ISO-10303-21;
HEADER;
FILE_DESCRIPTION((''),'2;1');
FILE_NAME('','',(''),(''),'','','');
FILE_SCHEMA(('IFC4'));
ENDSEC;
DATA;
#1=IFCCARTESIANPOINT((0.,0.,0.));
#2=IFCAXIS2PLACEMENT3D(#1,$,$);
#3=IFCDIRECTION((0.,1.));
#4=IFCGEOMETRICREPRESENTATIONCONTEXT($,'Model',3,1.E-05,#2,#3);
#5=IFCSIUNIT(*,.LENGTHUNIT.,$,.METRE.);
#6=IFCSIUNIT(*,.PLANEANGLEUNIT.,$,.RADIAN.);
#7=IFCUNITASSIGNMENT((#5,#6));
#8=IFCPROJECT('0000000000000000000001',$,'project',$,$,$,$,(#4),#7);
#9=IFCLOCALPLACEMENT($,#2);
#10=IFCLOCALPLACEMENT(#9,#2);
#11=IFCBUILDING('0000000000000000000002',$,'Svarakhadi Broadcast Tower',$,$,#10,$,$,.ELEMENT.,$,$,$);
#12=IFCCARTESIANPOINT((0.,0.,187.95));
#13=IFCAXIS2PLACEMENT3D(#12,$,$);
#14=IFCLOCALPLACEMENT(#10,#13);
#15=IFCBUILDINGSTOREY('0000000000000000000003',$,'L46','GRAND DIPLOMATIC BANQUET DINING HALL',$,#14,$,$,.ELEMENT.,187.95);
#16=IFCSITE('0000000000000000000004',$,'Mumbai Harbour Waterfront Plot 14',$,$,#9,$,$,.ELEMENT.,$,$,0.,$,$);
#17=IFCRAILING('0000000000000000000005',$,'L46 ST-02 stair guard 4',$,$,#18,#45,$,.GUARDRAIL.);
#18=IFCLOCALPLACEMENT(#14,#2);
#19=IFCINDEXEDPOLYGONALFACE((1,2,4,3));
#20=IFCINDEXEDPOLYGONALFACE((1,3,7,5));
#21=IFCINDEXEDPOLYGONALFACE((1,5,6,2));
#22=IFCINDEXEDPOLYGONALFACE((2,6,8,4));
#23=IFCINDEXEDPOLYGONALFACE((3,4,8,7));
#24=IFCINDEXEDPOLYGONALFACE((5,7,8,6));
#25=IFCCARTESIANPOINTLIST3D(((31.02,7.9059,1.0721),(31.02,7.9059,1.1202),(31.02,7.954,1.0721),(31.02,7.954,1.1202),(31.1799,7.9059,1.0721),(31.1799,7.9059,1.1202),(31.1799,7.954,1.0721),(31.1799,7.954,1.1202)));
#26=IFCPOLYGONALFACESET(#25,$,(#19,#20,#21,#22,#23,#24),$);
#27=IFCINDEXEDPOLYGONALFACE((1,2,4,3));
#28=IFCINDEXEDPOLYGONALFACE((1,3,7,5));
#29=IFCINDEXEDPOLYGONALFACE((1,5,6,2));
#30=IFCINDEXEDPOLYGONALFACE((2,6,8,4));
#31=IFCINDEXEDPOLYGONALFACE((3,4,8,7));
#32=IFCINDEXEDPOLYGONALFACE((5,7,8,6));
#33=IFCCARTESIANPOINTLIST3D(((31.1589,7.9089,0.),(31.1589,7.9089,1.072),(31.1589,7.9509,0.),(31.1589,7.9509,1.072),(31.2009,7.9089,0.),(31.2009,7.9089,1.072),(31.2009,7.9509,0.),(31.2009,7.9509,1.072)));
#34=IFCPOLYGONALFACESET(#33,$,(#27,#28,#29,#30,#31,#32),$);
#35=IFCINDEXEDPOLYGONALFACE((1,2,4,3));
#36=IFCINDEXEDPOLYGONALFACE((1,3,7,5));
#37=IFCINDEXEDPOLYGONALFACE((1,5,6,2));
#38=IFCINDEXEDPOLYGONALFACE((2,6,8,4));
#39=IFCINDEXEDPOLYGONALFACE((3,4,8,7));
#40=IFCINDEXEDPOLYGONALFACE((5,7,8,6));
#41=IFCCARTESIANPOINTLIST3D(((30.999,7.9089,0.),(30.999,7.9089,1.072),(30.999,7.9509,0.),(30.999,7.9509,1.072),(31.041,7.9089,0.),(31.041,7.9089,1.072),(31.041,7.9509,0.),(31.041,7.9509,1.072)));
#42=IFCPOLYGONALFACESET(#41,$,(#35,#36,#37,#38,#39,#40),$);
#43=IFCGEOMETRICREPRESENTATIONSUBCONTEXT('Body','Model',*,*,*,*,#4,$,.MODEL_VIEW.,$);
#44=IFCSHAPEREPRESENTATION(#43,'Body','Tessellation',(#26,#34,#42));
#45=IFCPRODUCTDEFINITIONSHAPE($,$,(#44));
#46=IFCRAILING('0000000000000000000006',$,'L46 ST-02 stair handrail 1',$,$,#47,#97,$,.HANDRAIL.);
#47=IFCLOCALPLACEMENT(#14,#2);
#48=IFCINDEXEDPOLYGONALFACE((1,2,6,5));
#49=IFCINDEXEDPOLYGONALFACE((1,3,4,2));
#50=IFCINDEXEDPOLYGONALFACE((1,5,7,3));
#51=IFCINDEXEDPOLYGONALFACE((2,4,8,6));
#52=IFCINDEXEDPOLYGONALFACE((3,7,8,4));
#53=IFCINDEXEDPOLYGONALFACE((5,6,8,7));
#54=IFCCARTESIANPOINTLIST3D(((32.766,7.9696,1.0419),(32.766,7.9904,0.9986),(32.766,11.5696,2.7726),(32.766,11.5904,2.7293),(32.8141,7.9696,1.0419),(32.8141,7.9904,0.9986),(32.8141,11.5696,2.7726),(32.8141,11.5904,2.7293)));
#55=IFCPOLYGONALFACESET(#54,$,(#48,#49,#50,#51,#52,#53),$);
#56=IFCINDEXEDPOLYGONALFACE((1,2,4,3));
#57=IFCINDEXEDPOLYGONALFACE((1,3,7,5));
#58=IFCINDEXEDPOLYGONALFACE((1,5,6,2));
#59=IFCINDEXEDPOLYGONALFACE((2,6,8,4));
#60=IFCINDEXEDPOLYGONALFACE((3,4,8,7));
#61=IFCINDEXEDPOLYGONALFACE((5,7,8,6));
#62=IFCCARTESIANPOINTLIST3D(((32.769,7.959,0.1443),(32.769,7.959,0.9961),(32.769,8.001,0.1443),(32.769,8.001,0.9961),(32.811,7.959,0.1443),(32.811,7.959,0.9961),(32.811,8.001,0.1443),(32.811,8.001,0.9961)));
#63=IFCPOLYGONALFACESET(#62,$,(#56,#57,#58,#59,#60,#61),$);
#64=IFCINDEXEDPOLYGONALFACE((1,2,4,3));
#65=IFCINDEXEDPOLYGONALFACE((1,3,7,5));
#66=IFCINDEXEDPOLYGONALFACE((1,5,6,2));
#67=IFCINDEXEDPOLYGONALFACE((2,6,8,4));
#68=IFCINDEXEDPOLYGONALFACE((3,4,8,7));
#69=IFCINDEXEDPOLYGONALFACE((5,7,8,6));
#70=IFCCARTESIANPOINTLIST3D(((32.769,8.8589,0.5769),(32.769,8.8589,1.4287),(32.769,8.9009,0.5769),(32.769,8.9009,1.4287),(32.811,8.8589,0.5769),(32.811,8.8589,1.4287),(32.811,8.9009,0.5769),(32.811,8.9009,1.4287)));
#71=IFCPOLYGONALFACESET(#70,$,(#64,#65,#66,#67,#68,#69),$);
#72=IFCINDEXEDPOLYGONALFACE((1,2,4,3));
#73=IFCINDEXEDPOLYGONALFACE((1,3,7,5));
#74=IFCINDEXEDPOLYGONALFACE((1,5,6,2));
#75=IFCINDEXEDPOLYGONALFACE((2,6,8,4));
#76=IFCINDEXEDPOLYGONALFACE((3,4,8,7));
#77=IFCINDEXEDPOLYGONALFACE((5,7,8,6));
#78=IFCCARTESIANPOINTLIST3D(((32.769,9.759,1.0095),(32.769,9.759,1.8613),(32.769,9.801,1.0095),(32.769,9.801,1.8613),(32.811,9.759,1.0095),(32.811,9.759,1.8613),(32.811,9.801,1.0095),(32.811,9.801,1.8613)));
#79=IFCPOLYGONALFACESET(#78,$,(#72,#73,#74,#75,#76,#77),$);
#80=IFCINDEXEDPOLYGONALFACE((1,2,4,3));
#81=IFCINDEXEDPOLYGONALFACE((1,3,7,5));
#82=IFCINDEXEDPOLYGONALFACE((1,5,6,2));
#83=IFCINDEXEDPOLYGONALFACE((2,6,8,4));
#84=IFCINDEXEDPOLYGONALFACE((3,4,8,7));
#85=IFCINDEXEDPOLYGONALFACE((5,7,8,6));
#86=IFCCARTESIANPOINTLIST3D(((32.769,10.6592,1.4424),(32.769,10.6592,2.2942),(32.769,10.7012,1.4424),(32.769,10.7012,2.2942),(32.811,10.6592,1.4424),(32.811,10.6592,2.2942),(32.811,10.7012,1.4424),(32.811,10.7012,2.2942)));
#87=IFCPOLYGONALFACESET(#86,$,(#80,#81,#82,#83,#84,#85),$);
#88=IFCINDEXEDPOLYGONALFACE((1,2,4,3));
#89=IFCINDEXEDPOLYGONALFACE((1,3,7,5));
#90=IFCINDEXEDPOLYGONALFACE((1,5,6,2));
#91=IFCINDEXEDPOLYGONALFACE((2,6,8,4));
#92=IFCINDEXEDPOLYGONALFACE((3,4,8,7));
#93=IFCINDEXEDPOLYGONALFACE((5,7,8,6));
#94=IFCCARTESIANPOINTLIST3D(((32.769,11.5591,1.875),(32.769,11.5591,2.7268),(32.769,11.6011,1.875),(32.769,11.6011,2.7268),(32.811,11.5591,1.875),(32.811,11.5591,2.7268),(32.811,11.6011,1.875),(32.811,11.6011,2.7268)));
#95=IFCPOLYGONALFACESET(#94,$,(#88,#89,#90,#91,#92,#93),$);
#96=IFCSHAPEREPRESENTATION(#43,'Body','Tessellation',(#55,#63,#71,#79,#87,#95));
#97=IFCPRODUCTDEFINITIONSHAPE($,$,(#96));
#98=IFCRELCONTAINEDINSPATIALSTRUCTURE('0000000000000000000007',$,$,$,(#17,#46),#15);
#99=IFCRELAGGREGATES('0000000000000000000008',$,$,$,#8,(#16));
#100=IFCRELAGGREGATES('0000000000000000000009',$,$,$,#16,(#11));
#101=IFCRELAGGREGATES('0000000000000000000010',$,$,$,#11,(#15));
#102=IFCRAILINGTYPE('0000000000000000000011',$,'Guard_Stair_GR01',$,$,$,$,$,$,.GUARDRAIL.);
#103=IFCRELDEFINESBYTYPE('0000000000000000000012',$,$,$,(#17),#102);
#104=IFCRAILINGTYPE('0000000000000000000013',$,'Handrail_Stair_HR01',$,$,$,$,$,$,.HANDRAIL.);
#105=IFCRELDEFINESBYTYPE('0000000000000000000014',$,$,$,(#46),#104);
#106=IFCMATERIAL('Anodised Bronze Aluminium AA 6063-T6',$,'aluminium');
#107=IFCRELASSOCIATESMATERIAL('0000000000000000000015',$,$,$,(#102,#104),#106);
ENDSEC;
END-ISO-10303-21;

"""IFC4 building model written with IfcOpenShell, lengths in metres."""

from ifc_helpers import new_model, si_unit, direction, frame, origin, origin_2d, place, context, subcontext, project, spatial, rectangle, extrude, material, type_object, element, save


model = new_model("IFC4")

# Units and contexts
model_context = context("Model", 3, precision=1e-05, world=origin(), true_north=direction((0.0, 1.0)))
body_context = subcontext(model_context, "Body", "Model", "MODEL_VIEW")
ifc_project = project(units=[si_unit("LENGTHUNIT", "METRE"), si_unit("PLANEANGLEUNIT", "RADIAN")], contexts=[model_context])

# Site, building, storey
site_placement = place(None, origin())
site = spatial("IfcSite", under=ifc_project, at=site_placement, Name="Mumbai Harbour Waterfront Plot 14", CompositionType="ELEMENT", RefElevation=0.0)
building_placement = place(site_placement, origin())
building = spatial("IfcBuilding", under=site, at=building_placement, Name="Svarakhadi Broadcast Tower", CompositionType="ELEMENT")
storey_placement = place(building_placement, frame((0.0, 0.0, 187.95)))
storey = spatial("IfcBuildingStorey", under=building, at=storey_placement, Name="L46", Description="GRAND DIPLOMATIC BANQUET DINING HALL", CompositionType="ELEMENT", Elevation=187.95)

# Shared definitions
ifc_material_1 = material(Name="Anodised Bronze Aluminium AA 6063-T6", Category="aluminium")

# Railings
railing_type_1 = type_object("IfcRailingType", Name="Guard_Stair_GR01", PredefinedType="GUARDRAIL", material=ifc_material_1)
railing_1_placement = place(storey_placement, frame((31.1799, 7.9299, 0.0)))
element("IfcRailing", 1, at=railing_1_placement, inside=storey, type_object=railing_type_1, Name="L46 ST-02 stair guard 4", PredefinedType="GUARDRAIL", context=body_context, shape_type="SweptSolid", body=[
    extrude(rectangle(XDim=0.0481, YDim=0.0481, at=origin_2d()), frame((0.0, 0.0, 1.0962), z_axis=(-1.0, 0.0, 0.0), x_axis=(0.0, -1.0, 0.0)), (0.0, 0.0, 1.0), 0.1599),
    extrude(rectangle(XDim=0.042, YDim=0.042, at=origin_2d()), origin(), (0.0, 0.0, 1.0), 1.072),
    extrude(rectangle(XDim=0.042, YDim=0.042, at=origin_2d()), frame((-0.1599, 0.0, 0.0)), (0.0, 0.0, 1.0), 1.072),
])
railing_type_2 = type_object("IfcRailingType", Name="Handrail_Stair_HR01", PredefinedType="HANDRAIL", material=ifc_material_1)
railing_2_placement = place(storey_placement, frame((32.79, 7.98, 0.1443)))
element("IfcRailing", 2, at=railing_2_placement, inside=storey, type_object=railing_type_2, Name="L46 ST-02 stair handrail 1", PredefinedType="HANDRAIL", context=body_context, shape_type="SweptSolid", body=[
    extrude(rectangle(XDim=0.0481, YDim=0.0481, at=origin_2d()), frame((0.0, 0.0, 0.876), z_axis=(0.0, 0.901263, 0.433273), x_axis=(-1.0, 0.0, 0.0)), (0.0, 0.0, 1.0), 3.9944),
    extrude(rectangle(XDim=0.042, YDim=0.042, at=origin_2d()), origin(), (0.0, 0.0, 1.0), 0.8518),
    extrude(rectangle(XDim=0.042, YDim=0.042, at=origin_2d()), frame((0.0, 0.8999, 0.4326)), (0.0, 0.0, 1.0), 0.8518),
    extrude(rectangle(XDim=0.042, YDim=0.042, at=origin_2d()), frame((0.0, 1.8, 0.8652)), (0.0, 0.0, 1.0), 0.8518),
    extrude(rectangle(XDim=0.042, YDim=0.042, at=origin_2d()), frame((0.0, 2.7002, 1.2981)), (0.0, 0.0, 1.0), 0.8518),
    extrude(rectangle(XDim=0.042, YDim=0.042, at=origin_2d()), frame((0.0, 3.6001, 1.7307)), (0.0, 0.0, 1.0), 0.8518),
])

save(model, "model.ifc")
